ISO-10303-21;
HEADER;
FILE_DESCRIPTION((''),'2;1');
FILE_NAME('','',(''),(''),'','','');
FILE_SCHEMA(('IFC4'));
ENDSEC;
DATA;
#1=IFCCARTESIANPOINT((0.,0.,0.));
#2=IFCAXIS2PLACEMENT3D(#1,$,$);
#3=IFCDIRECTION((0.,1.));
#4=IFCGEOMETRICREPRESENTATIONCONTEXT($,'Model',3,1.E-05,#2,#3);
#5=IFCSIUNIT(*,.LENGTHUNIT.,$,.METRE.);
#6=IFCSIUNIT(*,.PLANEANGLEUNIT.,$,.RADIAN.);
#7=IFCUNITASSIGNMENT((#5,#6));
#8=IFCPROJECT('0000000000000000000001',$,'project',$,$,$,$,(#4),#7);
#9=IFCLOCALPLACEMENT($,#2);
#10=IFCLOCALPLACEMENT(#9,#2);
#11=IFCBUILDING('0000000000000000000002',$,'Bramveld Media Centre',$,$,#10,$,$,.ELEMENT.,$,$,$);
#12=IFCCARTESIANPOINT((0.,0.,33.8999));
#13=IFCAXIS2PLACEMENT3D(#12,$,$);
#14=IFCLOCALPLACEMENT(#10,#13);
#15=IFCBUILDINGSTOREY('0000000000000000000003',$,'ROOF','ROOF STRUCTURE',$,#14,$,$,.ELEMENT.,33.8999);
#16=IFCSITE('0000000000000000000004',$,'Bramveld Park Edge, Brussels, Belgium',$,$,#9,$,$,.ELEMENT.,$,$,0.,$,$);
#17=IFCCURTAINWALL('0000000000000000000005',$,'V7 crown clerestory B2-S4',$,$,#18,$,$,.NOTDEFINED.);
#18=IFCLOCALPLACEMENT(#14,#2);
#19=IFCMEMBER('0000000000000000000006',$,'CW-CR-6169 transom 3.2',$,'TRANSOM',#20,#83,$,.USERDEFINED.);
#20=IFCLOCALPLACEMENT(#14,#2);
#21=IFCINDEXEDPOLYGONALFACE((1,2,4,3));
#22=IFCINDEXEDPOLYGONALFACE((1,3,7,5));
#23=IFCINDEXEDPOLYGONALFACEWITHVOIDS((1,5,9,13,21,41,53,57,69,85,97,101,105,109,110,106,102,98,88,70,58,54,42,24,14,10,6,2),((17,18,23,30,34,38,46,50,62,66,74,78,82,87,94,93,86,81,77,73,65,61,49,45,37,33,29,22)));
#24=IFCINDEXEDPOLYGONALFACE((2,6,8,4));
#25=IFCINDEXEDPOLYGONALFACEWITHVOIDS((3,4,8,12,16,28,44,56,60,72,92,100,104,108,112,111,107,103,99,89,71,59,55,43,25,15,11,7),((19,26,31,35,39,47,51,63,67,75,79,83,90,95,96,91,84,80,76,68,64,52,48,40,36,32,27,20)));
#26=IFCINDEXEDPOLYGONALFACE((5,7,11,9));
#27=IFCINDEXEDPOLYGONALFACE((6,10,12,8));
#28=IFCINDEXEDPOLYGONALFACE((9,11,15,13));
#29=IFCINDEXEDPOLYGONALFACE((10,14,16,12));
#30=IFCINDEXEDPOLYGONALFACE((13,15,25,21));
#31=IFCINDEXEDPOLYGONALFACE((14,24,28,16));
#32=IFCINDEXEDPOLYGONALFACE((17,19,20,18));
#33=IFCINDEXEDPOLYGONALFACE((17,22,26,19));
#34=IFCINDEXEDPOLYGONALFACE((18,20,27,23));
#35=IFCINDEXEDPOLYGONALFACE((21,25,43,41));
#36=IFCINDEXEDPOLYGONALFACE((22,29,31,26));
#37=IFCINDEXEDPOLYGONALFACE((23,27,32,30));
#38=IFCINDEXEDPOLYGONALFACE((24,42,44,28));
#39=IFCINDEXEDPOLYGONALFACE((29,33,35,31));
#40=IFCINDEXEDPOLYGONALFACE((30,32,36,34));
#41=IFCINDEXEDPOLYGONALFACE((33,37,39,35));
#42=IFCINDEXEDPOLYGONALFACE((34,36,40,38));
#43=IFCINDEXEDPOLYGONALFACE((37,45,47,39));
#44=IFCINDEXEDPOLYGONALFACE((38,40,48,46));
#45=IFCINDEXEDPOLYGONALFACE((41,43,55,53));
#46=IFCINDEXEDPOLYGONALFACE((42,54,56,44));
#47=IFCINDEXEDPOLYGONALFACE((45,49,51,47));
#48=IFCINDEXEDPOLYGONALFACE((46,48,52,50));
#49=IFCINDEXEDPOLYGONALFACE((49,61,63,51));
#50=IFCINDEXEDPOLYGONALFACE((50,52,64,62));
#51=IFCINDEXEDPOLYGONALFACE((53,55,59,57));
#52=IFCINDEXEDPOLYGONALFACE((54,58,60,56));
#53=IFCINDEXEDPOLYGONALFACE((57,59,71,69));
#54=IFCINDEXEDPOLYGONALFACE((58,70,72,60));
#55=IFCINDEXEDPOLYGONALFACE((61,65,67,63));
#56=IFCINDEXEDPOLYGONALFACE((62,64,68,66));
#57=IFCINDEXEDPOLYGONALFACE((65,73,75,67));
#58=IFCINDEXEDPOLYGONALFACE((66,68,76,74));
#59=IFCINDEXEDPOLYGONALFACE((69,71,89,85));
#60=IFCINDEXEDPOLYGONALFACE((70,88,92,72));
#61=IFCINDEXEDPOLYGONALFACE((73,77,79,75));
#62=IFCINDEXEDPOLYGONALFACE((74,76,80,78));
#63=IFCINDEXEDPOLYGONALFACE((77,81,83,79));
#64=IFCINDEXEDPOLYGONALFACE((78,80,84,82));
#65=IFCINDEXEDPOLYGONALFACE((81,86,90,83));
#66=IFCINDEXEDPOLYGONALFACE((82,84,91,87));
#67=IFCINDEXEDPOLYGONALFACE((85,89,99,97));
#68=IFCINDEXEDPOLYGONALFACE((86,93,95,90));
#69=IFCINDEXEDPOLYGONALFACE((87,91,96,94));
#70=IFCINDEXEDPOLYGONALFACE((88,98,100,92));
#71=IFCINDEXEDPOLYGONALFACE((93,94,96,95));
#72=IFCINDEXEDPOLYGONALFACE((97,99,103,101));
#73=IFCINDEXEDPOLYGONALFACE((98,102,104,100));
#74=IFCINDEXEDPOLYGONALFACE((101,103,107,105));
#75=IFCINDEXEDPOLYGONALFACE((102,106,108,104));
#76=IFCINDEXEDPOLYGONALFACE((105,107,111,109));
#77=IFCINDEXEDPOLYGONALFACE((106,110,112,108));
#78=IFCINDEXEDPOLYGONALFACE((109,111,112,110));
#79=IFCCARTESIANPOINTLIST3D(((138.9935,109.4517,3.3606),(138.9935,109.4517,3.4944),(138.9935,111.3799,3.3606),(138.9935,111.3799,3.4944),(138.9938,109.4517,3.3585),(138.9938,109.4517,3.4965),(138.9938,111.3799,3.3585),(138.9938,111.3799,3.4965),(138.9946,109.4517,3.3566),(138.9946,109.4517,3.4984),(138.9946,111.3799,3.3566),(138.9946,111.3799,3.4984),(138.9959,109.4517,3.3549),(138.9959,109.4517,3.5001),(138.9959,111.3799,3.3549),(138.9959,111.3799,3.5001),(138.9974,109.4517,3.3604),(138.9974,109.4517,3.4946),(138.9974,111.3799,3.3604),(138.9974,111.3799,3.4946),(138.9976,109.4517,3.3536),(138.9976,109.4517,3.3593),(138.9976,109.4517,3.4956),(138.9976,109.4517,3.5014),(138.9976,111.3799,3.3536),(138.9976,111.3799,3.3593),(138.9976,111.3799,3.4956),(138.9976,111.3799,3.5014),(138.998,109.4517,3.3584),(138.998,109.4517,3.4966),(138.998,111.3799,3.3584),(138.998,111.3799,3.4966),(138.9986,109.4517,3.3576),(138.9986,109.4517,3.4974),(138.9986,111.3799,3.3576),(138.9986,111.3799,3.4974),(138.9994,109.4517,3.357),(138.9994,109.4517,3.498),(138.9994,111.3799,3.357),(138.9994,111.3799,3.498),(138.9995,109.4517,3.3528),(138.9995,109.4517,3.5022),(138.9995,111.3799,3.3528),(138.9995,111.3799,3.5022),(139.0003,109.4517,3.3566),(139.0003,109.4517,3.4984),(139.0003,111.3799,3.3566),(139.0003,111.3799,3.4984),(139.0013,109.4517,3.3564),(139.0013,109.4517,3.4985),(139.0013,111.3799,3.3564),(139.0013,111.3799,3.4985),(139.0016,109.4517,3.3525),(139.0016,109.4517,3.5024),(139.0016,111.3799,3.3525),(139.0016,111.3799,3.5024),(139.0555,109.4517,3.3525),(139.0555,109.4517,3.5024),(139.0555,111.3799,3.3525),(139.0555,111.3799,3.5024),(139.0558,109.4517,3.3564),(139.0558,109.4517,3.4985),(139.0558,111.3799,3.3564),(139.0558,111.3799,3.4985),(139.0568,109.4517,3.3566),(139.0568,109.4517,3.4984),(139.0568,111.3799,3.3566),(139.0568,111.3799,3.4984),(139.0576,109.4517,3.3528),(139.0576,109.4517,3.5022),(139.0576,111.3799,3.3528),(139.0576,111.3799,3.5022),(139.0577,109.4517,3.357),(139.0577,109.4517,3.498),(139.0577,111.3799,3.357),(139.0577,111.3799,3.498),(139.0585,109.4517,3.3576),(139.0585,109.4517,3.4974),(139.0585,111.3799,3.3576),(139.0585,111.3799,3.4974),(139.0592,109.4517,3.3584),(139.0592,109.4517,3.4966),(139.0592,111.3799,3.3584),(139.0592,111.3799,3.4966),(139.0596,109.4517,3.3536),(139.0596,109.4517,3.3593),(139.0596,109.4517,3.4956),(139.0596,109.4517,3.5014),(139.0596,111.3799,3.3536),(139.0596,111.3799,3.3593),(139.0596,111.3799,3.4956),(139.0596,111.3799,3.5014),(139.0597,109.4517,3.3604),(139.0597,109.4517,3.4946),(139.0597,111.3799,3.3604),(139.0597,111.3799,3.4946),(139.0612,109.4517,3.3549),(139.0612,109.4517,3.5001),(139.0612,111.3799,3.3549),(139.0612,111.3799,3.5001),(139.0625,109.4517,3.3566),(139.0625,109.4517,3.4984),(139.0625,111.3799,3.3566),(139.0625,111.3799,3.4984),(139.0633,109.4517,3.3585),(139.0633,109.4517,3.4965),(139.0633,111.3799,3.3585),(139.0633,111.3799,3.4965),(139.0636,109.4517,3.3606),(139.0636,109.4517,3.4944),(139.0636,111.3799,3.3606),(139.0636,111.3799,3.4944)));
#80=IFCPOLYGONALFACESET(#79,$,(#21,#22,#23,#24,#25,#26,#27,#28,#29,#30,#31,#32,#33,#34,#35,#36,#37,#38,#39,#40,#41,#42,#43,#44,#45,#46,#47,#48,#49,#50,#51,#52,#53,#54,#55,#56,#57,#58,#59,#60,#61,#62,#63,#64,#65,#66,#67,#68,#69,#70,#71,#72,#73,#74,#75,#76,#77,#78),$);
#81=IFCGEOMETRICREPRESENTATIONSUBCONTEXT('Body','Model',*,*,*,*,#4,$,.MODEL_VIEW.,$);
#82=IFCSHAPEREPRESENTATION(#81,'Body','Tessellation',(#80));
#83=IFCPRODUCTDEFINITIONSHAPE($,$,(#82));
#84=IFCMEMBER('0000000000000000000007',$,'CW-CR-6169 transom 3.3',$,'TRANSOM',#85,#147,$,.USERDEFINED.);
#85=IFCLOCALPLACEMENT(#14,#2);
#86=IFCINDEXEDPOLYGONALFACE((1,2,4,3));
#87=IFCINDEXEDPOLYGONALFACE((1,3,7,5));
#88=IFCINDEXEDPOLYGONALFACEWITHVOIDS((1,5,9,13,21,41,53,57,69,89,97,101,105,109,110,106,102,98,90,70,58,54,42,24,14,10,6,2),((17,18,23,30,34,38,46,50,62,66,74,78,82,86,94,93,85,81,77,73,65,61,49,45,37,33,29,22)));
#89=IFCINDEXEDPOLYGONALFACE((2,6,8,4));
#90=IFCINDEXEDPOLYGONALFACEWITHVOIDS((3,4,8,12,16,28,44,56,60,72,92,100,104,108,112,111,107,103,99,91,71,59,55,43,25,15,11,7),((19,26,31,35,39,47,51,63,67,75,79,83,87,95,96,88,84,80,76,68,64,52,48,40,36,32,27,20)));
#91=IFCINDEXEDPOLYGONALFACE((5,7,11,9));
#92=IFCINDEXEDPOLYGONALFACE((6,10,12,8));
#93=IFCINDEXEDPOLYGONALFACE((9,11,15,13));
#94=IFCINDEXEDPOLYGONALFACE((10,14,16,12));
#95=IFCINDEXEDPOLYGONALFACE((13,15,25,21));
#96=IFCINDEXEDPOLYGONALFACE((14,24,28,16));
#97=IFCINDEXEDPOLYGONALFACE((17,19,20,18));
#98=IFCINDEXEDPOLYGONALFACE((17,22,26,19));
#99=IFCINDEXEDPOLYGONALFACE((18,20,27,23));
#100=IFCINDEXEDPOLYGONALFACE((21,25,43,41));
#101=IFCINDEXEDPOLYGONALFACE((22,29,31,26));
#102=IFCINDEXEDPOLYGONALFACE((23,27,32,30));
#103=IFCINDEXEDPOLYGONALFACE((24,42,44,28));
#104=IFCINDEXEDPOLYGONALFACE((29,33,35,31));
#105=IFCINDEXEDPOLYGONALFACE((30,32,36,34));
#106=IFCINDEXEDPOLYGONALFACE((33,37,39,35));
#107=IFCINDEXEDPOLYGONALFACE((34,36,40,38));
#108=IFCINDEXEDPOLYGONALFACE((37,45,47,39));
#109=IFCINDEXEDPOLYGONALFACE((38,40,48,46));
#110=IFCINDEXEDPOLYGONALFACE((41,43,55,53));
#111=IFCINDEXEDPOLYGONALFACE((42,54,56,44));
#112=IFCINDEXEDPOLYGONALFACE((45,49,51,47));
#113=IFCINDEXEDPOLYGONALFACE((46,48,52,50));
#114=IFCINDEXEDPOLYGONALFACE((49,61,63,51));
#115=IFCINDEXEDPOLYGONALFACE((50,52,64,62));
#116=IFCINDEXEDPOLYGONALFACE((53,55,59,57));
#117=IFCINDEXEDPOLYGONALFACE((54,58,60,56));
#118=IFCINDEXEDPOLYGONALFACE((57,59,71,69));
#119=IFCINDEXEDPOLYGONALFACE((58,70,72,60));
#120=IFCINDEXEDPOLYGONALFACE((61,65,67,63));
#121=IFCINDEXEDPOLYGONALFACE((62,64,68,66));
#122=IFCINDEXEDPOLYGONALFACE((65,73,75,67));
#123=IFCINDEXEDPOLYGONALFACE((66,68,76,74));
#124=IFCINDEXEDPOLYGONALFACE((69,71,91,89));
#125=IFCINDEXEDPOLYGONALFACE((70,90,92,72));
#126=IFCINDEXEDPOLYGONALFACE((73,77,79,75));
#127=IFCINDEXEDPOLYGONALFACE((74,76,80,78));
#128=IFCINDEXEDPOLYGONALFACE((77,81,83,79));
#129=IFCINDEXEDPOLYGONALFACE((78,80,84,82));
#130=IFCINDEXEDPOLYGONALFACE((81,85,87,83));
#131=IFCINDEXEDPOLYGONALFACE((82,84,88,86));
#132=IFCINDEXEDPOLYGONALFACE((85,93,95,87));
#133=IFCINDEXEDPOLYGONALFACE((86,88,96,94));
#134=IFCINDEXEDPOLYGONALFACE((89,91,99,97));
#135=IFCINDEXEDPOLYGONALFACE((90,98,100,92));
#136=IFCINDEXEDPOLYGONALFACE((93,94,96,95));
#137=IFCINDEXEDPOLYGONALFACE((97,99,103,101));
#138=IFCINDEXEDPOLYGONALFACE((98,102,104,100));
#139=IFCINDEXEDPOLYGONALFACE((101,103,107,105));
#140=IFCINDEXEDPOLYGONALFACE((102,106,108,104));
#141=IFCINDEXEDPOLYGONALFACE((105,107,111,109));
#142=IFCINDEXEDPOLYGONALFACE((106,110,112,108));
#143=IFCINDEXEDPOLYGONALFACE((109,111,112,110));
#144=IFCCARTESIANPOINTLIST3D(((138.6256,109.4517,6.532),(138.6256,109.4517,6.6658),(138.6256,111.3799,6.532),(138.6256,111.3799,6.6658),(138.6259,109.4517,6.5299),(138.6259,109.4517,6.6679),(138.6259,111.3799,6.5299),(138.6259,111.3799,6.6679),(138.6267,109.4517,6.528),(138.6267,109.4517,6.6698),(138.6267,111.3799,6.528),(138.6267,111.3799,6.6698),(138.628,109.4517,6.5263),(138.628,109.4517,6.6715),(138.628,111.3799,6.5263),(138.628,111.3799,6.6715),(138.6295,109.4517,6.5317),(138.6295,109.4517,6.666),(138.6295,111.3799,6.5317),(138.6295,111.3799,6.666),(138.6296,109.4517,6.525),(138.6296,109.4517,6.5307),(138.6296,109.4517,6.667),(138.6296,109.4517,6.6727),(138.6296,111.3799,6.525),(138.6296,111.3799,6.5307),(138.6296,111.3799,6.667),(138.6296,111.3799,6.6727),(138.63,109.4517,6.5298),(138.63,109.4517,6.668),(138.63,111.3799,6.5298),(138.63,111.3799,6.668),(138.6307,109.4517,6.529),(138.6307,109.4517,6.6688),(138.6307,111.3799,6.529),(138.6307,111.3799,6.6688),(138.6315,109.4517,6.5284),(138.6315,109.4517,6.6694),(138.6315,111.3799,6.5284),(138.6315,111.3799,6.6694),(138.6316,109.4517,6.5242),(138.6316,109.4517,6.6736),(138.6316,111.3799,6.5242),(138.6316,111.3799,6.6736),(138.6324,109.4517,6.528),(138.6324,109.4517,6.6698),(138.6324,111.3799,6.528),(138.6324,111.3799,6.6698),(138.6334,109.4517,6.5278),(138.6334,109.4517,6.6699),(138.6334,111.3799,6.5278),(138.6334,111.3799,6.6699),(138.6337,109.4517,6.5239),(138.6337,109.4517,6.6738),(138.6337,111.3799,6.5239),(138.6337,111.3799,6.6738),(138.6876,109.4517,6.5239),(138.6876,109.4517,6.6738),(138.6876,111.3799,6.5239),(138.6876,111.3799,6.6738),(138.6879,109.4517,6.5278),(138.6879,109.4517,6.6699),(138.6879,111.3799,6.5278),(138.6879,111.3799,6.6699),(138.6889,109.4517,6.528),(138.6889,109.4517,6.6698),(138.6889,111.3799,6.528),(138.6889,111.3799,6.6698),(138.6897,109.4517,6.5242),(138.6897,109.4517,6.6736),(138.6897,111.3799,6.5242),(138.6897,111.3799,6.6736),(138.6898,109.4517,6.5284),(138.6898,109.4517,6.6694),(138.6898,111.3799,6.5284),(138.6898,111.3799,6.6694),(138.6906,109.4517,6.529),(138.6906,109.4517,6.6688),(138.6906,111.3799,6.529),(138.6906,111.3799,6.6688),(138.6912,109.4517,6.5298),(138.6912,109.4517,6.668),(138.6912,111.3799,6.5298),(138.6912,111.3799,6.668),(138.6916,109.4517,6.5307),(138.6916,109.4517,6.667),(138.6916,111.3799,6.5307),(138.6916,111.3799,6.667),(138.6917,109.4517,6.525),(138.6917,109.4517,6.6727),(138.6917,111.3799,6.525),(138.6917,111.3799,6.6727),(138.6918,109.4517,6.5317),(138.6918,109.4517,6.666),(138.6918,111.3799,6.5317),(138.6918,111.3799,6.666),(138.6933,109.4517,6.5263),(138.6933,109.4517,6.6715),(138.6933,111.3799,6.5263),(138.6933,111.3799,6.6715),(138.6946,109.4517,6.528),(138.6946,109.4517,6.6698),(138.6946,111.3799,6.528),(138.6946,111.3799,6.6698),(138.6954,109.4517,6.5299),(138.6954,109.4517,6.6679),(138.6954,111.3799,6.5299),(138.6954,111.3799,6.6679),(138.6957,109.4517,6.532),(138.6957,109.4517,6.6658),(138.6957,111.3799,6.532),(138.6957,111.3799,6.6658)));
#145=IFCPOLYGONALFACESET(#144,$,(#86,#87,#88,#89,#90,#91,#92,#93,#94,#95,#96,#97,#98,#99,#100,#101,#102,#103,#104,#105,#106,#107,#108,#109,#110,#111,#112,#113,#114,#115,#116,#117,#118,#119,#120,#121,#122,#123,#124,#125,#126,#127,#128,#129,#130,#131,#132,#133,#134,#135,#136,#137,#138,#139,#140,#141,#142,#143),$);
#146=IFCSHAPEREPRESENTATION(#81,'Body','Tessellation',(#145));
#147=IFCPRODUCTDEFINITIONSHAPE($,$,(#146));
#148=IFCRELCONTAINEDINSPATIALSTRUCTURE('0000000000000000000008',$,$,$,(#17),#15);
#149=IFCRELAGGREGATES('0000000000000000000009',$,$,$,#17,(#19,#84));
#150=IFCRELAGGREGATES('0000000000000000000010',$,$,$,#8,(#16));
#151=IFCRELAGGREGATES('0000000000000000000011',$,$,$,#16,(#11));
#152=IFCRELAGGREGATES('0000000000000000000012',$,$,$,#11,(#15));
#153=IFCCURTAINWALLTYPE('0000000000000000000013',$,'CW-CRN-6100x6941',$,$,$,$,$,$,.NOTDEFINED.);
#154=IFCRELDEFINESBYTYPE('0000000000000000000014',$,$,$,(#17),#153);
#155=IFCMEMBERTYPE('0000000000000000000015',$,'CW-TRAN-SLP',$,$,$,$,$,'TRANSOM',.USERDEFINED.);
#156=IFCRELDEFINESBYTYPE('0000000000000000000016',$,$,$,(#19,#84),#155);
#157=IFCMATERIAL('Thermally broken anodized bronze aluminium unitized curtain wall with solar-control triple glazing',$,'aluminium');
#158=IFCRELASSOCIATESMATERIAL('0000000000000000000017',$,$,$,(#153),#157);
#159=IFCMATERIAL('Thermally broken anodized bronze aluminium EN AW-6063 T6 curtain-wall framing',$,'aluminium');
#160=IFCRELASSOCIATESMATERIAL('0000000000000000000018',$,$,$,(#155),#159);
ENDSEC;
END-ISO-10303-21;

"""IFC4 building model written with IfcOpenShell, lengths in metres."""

from ifc_helpers import new_model, si_unit, direction, frame, origin, origin_2d, place, context, subcontext, project, spatial, hollow_rectangle, extrude, material, material_profile, profile_set, type_object, element, aggregate, save


model = new_model("IFC4")

# Units and contexts
model_context = context("Model", 3, precision=1e-05, world=origin(), true_north=direction((0.0, 1.0)))
body_context = subcontext(model_context, "Body", "Model", "MODEL_VIEW")
ifc_project = project(units=[si_unit("LENGTHUNIT", "METRE"), si_unit("PLANEANGLEUNIT", "RADIAN")], contexts=[model_context])

# Site, building, storey
site_placement = place(None, origin())
site = spatial("IfcSite", under=ifc_project, at=site_placement, Name="Bramveld Park Edge, Brussels, Belgium", CompositionType="ELEMENT", RefElevation=0.0)
building_placement = place(site_placement, origin())
building = spatial("IfcBuilding", under=site, at=building_placement, Name="Bramveld Media Centre", CompositionType="ELEMENT")
storey_placement = place(building_placement, frame((0.0, 0.0, 33.8999)))
storey = spatial("IfcBuildingStorey", under=building, at=storey_placement, Name="ROOF", Description="ROOF STRUCTURE", CompositionType="ELEMENT", Elevation=33.8999)

# Shared definitions
ifc_material_1 = material(Name="Thermally broken anodized bronze aluminium unitized curtain wall with solar-control triple glazing", Category="aluminium")
curtain_wall_type = type_object("IfcCurtainWallType", Name="CW-CRN-6100x6941", PredefinedType="NOTDEFINED", material=ifc_material_1)

# Curtain wall, members
curtain_wall_1_placement = place(storey_placement, origin())
curtain_wall_1 = element("IfcCurtainWall", 1, at=curtain_wall_1_placement, inside=storey, type_object=curtain_wall_type, Name="V7 crown clerestory B2-S4", PredefinedType="NOTDEFINED")
ifc_material_2 = material(Name="Thermally broken anodized bronze aluminium EN AW-6063 T6 curtain-wall framing", Category="aluminium")
ifc_material_profile_1 = material_profile(ifc_material_2, hollow_rectangle(XDim=0.0701, YDim=0.1499, WallThickness=0.0039, InnerFilletRadius=0.0039, OuterFilletRadius=0.0081, at=origin_2d()), Name="AL-TRAN 70x150")
ifc_profile_set_1 = profile_set([ifc_material_profile_1], Name="Thermally broken anodized bronze aluminium EN AW-6063 T6 curtain-wall framing")
member_type_1 = type_object("IfcMemberType", Name="CW-TRAN-SLP", ElementType="TRANSOM", PredefinedType="USERDEFINED", material=ifc_profile_set_1)
member_1_placement = place(storey_placement, frame((139.0286, 109.4517, 3.4275), z_axis=(0.0, 1.0, 0.0), x_axis=(-1.0, 0.0, 0.0)))
member_1 = element("IfcMember", 2, at=member_1_placement, type_object=member_type_1, Name="CW-CR-6169 transom 3.2", ObjectType="TRANSOM", PredefinedType="USERDEFINED", context=body_context, shape_type="SweptSolid", body=[
    extrude(hollow_rectangle(XDim=0.0701, YDim=0.1499, WallThickness=0.0039, InnerFilletRadius=0.0039, OuterFilletRadius=0.0081, at=origin_2d()), origin(), (0.0, 0.0, 1.0), 1.9282),
])
member_2_placement = place(storey_placement, frame((138.6606, 109.4517, 6.5989), z_axis=(0.0, 1.0, 0.0), x_axis=(-1.0, 0.0, 0.0)))
member_2 = element("IfcMember", 3, at=member_2_placement, type_object=member_type_1, Name="CW-CR-6169 transom 3.3", ObjectType="TRANSOM", PredefinedType="USERDEFINED", context=body_context, shape_type="SweptSolid", body=[
    extrude(hollow_rectangle(XDim=0.0701, YDim=0.1499, WallThickness=0.0039, InnerFilletRadius=0.0039, OuterFilletRadius=0.0081, at=origin_2d()), origin(), (0.0, 0.0, 1.0), 1.9282),
])

aggregate(curtain_wall_1, [member_1, member_2])

save(model, "model.ifc")
